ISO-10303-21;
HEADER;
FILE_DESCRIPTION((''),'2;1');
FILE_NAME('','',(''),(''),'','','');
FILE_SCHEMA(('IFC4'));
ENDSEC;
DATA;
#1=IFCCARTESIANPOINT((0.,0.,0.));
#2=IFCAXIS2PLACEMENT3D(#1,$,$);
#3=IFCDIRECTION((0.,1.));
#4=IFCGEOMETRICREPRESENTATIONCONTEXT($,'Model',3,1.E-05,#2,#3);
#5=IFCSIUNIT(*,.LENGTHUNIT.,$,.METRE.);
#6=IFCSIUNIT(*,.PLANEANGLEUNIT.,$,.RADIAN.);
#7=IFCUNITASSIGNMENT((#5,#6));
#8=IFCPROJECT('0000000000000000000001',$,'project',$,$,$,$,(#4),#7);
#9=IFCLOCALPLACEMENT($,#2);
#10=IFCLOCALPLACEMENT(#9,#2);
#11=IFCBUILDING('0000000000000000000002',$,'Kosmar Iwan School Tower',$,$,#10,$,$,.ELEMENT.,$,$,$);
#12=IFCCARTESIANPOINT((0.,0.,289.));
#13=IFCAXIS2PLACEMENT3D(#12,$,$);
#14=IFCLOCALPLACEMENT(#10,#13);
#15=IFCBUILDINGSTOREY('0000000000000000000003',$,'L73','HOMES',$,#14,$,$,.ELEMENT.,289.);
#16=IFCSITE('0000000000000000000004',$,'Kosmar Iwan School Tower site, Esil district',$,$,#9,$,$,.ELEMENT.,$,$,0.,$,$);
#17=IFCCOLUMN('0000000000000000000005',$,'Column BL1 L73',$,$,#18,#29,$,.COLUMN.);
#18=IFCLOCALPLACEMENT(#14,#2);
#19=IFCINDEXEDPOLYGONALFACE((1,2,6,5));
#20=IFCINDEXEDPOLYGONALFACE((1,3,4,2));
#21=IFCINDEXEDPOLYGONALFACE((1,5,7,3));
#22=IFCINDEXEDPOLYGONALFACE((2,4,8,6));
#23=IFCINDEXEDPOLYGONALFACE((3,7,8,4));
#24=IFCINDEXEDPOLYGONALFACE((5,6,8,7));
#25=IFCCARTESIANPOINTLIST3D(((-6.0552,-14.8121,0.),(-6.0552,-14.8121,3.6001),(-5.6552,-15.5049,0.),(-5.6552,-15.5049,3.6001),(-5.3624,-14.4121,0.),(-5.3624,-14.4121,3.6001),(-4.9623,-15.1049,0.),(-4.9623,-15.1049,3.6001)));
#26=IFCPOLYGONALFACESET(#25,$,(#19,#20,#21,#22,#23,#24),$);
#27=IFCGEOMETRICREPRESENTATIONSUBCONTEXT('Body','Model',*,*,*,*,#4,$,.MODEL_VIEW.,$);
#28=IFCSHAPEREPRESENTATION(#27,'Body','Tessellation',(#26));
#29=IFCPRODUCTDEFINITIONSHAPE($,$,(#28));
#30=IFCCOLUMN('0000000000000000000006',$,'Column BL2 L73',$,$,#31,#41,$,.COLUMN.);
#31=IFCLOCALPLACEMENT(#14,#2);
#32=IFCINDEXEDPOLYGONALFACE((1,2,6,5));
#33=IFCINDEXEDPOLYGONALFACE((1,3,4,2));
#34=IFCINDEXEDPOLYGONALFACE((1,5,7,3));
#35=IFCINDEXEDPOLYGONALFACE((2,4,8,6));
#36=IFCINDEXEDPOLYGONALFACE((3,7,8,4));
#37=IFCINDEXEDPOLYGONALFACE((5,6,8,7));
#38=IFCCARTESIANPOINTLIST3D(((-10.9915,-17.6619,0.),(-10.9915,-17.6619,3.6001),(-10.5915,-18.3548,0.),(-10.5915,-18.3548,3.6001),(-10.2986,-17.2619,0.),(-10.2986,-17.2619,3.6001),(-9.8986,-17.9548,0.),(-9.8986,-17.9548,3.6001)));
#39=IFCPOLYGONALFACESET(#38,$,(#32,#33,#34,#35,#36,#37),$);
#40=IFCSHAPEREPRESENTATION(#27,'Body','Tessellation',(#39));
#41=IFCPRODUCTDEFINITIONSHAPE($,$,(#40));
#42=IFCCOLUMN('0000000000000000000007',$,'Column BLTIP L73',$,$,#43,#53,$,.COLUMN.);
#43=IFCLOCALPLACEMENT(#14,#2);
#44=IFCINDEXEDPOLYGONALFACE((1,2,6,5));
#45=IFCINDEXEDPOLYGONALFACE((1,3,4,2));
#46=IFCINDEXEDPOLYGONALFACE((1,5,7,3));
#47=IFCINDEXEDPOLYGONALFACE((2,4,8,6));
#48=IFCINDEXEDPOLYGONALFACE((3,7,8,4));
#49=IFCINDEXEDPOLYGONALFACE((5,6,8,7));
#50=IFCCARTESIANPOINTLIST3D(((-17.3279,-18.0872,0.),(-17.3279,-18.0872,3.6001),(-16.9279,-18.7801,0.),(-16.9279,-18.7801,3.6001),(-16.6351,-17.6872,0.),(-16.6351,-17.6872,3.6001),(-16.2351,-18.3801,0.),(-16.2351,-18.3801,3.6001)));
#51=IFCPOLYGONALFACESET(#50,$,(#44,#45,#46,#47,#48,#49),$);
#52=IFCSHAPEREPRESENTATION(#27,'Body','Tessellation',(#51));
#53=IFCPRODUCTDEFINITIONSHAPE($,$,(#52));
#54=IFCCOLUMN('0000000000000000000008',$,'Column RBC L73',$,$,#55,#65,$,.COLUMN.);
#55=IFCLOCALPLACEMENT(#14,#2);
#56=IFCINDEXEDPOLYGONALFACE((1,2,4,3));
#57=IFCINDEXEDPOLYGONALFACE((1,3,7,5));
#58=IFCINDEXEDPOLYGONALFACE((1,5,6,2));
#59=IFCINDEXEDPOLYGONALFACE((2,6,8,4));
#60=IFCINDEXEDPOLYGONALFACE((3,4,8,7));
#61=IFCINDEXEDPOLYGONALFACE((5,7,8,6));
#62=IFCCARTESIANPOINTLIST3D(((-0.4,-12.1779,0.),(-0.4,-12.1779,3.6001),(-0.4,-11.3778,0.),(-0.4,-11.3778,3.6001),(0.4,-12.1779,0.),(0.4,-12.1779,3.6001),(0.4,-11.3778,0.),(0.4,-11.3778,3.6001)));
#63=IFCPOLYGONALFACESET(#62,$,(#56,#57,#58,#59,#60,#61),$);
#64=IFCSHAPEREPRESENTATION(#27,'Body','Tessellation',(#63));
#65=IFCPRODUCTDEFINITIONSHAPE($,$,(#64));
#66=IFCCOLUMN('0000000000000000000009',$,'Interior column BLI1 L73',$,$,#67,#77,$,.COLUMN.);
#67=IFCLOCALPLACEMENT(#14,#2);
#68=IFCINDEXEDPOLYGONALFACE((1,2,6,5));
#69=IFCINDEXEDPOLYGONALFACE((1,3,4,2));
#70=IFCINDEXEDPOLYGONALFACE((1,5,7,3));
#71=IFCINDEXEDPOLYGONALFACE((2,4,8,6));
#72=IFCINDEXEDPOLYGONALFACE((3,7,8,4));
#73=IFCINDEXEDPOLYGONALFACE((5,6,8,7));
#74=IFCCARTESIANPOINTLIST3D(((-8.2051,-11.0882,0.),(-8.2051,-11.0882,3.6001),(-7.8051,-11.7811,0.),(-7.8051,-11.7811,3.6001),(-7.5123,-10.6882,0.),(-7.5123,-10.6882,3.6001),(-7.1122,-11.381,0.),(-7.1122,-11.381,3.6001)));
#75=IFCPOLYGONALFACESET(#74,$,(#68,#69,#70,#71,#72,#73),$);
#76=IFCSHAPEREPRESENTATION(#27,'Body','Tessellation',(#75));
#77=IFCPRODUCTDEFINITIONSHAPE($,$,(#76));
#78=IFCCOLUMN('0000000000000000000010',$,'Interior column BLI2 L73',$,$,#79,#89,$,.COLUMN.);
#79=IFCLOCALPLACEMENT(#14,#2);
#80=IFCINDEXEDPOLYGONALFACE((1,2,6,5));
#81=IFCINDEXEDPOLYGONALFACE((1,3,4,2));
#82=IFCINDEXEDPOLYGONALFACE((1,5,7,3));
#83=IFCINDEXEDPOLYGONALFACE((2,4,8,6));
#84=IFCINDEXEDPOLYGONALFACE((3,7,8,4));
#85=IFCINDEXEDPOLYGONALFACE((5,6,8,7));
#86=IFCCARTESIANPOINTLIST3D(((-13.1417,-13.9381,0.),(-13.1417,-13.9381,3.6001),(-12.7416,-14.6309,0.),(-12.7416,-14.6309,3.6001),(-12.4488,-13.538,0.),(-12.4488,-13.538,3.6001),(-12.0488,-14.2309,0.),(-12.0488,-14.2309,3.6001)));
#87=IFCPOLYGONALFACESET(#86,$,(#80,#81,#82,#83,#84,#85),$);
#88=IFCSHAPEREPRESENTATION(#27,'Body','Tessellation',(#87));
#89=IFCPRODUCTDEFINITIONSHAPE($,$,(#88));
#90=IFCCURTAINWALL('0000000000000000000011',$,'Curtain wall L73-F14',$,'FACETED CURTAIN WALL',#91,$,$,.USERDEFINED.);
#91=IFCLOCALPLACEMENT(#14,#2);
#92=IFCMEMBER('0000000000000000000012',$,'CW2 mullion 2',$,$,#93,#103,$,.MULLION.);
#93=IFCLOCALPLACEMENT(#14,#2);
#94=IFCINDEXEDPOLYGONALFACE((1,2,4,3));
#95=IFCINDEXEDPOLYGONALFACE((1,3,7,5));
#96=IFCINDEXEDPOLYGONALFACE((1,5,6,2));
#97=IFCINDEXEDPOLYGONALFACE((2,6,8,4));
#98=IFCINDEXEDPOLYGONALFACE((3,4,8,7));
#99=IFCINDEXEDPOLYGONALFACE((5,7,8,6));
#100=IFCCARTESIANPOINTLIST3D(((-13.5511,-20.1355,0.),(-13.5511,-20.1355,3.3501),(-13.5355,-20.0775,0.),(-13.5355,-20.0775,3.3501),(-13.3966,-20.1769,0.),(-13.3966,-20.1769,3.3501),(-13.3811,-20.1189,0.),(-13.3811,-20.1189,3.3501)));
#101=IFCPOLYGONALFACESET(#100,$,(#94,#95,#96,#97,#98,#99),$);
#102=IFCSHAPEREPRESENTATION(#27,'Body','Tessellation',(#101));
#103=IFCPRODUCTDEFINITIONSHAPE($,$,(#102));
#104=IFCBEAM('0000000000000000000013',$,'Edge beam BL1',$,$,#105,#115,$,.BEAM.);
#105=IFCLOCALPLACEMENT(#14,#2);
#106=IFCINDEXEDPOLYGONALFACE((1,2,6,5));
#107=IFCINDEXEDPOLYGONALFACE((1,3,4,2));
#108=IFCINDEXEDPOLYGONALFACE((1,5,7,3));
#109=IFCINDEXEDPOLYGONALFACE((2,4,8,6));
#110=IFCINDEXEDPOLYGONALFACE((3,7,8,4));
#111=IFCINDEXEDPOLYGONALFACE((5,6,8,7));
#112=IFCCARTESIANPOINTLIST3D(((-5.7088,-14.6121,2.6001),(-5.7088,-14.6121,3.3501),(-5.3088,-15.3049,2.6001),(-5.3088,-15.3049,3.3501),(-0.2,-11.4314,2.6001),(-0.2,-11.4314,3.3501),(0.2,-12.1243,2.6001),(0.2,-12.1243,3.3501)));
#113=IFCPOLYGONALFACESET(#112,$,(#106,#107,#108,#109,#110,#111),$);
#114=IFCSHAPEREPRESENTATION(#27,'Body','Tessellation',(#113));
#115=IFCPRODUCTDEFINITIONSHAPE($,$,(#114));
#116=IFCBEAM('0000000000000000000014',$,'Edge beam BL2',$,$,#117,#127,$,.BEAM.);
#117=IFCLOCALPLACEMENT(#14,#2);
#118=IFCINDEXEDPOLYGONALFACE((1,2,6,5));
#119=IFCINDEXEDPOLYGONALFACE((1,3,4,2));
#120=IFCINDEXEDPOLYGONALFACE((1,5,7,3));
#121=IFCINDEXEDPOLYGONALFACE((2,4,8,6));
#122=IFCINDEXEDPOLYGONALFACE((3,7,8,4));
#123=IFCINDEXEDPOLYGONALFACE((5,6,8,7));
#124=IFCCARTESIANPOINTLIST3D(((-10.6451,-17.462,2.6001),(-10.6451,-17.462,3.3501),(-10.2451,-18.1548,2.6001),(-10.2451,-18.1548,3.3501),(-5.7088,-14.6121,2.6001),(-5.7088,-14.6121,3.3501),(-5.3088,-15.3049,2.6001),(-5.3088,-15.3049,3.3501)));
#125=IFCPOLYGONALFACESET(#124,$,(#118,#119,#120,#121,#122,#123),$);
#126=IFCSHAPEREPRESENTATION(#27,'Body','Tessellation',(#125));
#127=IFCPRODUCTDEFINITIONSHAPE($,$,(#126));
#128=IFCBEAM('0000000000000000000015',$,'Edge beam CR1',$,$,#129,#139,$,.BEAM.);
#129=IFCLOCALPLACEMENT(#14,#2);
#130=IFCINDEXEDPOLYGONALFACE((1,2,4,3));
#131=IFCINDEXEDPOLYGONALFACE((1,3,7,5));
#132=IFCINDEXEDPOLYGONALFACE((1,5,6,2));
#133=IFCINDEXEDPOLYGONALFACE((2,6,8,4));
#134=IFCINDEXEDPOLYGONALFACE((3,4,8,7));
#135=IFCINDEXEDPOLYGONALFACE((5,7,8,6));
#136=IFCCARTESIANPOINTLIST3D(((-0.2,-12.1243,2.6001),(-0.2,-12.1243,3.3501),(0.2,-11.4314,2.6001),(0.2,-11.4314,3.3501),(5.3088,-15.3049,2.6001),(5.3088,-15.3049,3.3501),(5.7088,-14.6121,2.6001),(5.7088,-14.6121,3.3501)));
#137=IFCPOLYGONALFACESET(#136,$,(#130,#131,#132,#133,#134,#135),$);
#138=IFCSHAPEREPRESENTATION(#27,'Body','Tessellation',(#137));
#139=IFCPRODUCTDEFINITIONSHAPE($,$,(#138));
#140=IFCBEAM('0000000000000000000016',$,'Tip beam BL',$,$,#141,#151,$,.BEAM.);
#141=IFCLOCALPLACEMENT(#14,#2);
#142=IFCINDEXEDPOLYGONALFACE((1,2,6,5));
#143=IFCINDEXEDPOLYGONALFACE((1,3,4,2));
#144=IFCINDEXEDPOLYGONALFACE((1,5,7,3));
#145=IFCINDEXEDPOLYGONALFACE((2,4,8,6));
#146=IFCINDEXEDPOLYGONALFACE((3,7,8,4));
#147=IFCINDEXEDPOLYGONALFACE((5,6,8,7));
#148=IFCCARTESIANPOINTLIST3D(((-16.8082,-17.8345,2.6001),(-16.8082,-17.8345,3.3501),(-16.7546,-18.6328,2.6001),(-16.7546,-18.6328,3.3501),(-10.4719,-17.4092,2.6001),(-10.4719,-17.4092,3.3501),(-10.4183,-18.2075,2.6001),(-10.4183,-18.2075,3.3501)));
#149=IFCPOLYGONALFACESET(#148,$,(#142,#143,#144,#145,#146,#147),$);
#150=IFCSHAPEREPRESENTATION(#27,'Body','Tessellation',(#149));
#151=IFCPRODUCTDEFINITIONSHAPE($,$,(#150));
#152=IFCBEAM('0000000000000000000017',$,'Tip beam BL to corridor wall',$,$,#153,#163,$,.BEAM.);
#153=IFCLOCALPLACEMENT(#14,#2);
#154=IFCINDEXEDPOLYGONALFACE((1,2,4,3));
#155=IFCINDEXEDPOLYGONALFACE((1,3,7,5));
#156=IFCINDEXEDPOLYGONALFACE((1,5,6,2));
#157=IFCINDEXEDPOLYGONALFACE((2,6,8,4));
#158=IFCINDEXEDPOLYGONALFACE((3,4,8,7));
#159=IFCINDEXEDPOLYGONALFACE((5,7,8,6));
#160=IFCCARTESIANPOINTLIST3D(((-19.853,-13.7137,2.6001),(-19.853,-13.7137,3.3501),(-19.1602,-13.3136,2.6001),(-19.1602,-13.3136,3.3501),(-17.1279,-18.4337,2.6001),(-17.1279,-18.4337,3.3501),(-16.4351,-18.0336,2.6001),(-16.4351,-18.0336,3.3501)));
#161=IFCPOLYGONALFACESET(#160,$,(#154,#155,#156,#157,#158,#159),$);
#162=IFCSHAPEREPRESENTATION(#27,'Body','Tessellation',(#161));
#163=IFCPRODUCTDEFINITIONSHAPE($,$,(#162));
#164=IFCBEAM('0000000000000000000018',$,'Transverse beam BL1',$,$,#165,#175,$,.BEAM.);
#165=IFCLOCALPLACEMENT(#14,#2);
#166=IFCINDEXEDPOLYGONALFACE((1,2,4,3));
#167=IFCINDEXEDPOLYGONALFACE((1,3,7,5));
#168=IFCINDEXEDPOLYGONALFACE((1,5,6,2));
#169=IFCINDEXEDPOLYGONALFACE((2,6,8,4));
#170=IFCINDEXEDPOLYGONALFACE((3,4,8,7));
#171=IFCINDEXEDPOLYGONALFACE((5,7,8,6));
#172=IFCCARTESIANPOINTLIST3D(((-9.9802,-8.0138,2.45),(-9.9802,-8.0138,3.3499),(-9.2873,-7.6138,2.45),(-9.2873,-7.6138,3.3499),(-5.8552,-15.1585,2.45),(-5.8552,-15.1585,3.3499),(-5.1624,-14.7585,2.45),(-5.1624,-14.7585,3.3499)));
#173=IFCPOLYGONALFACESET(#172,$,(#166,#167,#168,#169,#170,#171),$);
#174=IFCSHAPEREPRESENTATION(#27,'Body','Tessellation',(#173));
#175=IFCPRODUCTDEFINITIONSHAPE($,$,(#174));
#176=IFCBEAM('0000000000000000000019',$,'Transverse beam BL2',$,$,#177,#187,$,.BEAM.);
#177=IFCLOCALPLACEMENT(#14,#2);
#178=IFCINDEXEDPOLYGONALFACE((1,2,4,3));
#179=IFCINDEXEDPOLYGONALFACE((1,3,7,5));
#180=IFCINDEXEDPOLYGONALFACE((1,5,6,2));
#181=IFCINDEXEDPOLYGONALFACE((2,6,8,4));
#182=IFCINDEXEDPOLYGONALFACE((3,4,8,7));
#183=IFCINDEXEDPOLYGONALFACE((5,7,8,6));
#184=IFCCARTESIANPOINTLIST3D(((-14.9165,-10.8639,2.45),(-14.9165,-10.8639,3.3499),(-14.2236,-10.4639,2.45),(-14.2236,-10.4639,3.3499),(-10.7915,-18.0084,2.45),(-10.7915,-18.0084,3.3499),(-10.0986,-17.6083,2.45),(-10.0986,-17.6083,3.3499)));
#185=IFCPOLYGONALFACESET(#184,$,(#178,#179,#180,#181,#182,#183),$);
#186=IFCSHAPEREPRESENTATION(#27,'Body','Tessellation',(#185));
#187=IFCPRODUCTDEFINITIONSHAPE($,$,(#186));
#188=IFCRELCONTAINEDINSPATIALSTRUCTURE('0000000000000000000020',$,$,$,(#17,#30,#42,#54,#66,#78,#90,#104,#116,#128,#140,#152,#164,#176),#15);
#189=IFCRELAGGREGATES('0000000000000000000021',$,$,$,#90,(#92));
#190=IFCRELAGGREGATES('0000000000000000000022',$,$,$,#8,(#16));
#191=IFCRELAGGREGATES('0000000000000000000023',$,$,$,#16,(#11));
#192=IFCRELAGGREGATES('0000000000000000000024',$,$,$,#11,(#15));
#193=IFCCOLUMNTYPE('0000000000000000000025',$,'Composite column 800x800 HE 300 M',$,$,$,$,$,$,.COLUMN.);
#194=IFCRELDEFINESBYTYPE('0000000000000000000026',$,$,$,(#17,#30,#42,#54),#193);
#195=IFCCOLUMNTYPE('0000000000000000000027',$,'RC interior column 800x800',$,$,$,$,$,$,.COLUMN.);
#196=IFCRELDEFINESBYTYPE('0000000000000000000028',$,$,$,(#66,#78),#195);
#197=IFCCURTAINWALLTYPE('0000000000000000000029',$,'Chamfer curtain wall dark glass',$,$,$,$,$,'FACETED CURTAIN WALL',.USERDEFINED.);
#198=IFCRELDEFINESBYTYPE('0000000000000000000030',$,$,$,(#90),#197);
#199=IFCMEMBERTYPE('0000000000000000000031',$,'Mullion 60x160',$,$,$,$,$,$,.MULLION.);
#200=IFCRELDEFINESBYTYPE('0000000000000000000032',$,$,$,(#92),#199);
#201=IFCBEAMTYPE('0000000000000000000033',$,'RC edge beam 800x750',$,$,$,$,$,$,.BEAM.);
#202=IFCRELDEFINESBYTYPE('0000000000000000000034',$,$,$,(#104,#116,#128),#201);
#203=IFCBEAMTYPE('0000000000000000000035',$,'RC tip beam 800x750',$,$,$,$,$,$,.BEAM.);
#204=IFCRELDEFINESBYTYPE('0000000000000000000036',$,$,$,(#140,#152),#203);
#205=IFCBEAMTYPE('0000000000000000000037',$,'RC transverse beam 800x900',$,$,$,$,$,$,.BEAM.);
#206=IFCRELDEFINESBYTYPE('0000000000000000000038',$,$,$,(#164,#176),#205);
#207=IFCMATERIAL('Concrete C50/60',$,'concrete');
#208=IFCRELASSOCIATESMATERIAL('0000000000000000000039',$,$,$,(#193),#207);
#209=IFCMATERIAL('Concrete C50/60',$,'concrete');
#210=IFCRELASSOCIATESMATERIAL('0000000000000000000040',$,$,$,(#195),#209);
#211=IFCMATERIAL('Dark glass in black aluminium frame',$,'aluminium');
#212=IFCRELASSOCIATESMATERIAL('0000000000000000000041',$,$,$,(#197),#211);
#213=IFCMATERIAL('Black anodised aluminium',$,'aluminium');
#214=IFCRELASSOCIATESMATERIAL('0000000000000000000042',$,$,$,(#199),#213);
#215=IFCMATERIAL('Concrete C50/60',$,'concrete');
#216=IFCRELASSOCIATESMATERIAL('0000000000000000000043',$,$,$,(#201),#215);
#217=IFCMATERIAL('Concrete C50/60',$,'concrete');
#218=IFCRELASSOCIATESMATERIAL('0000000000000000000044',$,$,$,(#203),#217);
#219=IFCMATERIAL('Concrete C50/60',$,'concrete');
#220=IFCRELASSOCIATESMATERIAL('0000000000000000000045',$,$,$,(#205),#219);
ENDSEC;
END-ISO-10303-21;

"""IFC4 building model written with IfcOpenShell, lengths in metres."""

from ifc_helpers import new_model, si_unit, direction, frame, origin, origin_2d, place, context, subcontext, project, spatial, rectangle, extrude, material, material_profile, profile_set, type_object, element, aggregate, save


model = new_model("IFC4")

# Units and contexts
model_context = context("Model", 3, precision=1e-05, world=origin(), true_north=direction((0.0, 1.0)))
body_context = subcontext(model_context, "Body", "Model", "MODEL_VIEW")
ifc_project = project(units=[si_unit("LENGTHUNIT", "METRE"), si_unit("PLANEANGLEUNIT", "RADIAN")], contexts=[model_context])

# Site, building, storey
site_placement = place(None, origin())
site = spatial("IfcSite", under=ifc_project, at=site_placement, Name="Kosmar Iwan School Tower site, Esil district", CompositionType="ELEMENT", RefElevation=0.0)
building_placement = place(site_placement, origin())
building = spatial("IfcBuilding", under=site, at=building_placement, Name="Kosmar Iwan School Tower", CompositionType="ELEMENT")
storey_placement = place(building_placement, frame((0.0, 0.0, 289.0)))
storey = spatial("IfcBuildingStorey", under=building, at=storey_placement, Name="L73", Description="HOMES", CompositionType="ELEMENT", Elevation=289.0)

# Columns
ifc_material_1 = material(Name="Concrete C50/60", Category="concrete")
ifc_material_profile_1 = material_profile(ifc_material_1, rectangle(XDim=0.8, YDim=0.8, at=origin_2d()), Name="RC 800x800 + HE 300 M")
ifc_profile_set_1 = profile_set([ifc_material_profile_1], Name="Concrete C50/60")
column_type_1 = type_object("IfcColumnType", Name="Composite column 800x800 HE 300 M", PredefinedType="COLUMN", material=ifc_profile_set_1)
for number, where, z_axis, x_axis, name in (
    (1, (-5.5088, -14.9585, 0.0), (0.0, 0.0, 1.0), (-0.866025, -0.5, 0.0), "Column BL1 L73"),
    (2, (-10.4451, -17.8083, 0.0), (0.0, 0.0, 1.0), (-0.866025, -0.5, 0.0), "Column BL2 L73"),
    (3, (-16.7815, -18.2336, 0.0), (0.0, 0.0, 1.0), (-0.866025, -0.5, 0.0), "Column BLTIP L73"),
    (4, (0.0, -11.7778, 0.0), (0.0, 0.0, 1.0), (1.0, 0.0, 0.0), "Column RBC L73"),
):
    element("IfcColumn", number, at=place(storey_placement, frame(where, z_axis=z_axis, x_axis=x_axis)), inside=storey, type_object=column_type_1, Name=name, PredefinedType="COLUMN", context=body_context, shape_type="SweptSolid", body=[
        extrude(rectangle(XDim=0.8, YDim=0.8, at=origin_2d()), origin(), (0.0, 0.0, 1.0), 3.6001),
    ])
ifc_material_2 = material(Name="Concrete C50/60", Category="concrete")
ifc_material_profile_2 = material_profile(ifc_material_2, rectangle(XDim=0.8, YDim=0.8, at=origin_2d()), Name="RC 800x800")
ifc_profile_set_2 = profile_set([ifc_material_profile_2], Name="Concrete C50/60")
column_type_2 = type_object("IfcColumnType", Name="RC interior column 800x800", PredefinedType="COLUMN", material=ifc_profile_set_2)
for number, where, z_axis, x_axis, name in (
    (5, (-7.6587, -11.2346, 0.0), (0.0, 0.0, 1.0), (-0.866025, -0.5, 0.0), "Interior column BLI1 L73"),
    (6, (-12.5952, -14.0845, 0.0), (0.0, 0.0, 1.0), (-0.866025, -0.5, 0.0), "Interior column BLI2 L73"),
):
    element("IfcColumn", number, at=place(storey_placement, frame(where, z_axis=z_axis, x_axis=x_axis)), inside=storey, type_object=column_type_2, Name=name, PredefinedType="COLUMN", context=body_context, shape_type="SweptSolid", body=[
        extrude(rectangle(XDim=0.8, YDim=0.8, at=origin_2d()), origin(), (0.0, 0.0, 1.0), 3.6001),
    ])

# Curtain wall, member
ifc_material_3 = material(Name="Dark glass in black aluminium frame", Category="aluminium")
curtain_wall_type = type_object("IfcCurtainWallType", Name="Chamfer curtain wall dark glass", ElementType="FACETED CURTAIN WALL", PredefinedType="USERDEFINED", material=ifc_material_3)
curtain_wall_placement = place(storey_placement, origin())
curtain_wall = element("IfcCurtainWall", 7, at=curtain_wall_placement, inside=storey, type_object=curtain_wall_type, Name="Curtain wall L73-F14", ObjectType="FACETED CURTAIN WALL", PredefinedType="USERDEFINED")
ifc_material_4 = material(Name="Black anodised aluminium", Category="aluminium")
ifc_material_profile_3 = material_profile(ifc_material_4, rectangle(XDim=0.0601, YDim=0.1599, at=origin_2d()), Name="MULLION 60x160")
ifc_profile_set_3 = profile_set([ifc_material_profile_3], Name="Black anodised aluminium")
member_type = type_object("IfcMemberType", Name="Mullion 60x160", PredefinedType="MULLION", material=ifc_profile_set_3)
member_placement = place(storey_placement, frame((-13.4661, -20.1272, 0.0), z_axis=(0.0, 0.0, 1.0), x_axis=(0.258819, 0.965926, 0.0)))
member = element("IfcMember", 8, at=member_placement, type_object=member_type, Name="CW2 mullion 2", PredefinedType="MULLION", context=body_context, shape_type="SweptSolid", body=[
    extrude(rectangle(XDim=0.0601, YDim=0.1599, at=origin_2d()), origin(), (0.0, 0.0, 1.0), 3.3501),
])

# Beams
ifc_material_5 = material(Name="Concrete C50/60", Category="concrete")
ifc_material_profile_4 = material_profile(ifc_material_5, rectangle(XDim=0.8, YDim=0.75, at=origin_2d()), Name="RC 800x750")
ifc_profile_set_4 = profile_set([ifc_material_profile_4], Name="Concrete C50/60")
beam_type_1 = type_object("IfcBeamType", Name="RC edge beam 800x750", PredefinedType="BEAM", material=ifc_profile_set_4)
beam_1_placement = place(storey_placement, frame((0.0, -11.7778, 2.9751), z_axis=(-0.866014, -0.500019, 0.0), x_axis=(0.500019, -0.866014, 0.0)))
element("IfcBeam", 9, at=beam_1_placement, inside=storey, type_object=beam_type_1, Name="Edge beam BL1", PredefinedType="BEAM", context=body_context, shape_type="SweptSolid", body=[
    extrude(rectangle(XDim=0.8, YDim=0.75, at=origin_2d()), origin(), (0.0, 0.0, 1.0), 6.3611),
])
beam_2_placement = place(storey_placement, frame((-5.5088, -14.9585, 2.9751), z_axis=(-0.866034, -0.499986, 0.0), x_axis=(0.499986, -0.866034, 0.0)))
element("IfcBeam", 10, at=beam_2_placement, inside=storey, type_object=beam_type_1, Name="Edge beam BL2", PredefinedType="BEAM", context=body_context, shape_type="SweptSolid", body=[
    extrude(rectangle(XDim=0.8, YDim=0.75, at=origin_2d()), origin(), (0.0, 0.0, 1.0), 5.7),
])
beam_3_placement = place(storey_placement, frame((0.0, -11.7778, 2.9751), z_axis=(0.866014, -0.500019, 0.0), x_axis=(0.500019, 0.866014, 0.0)))
element("IfcBeam", 11, at=beam_3_placement, inside=storey, type_object=beam_type_1, Name="Edge beam CR1", PredefinedType="BEAM", context=body_context, shape_type="SweptSolid", body=[
    extrude(rectangle(XDim=0.8, YDim=0.75, at=origin_2d()), origin(), (0.0, 0.0, 1.0), 6.3611),
])
ifc_material_6 = material(Name="Concrete C50/60", Category="concrete")
ifc_material_profile_5 = material_profile(ifc_material_6, rectangle(XDim=0.8, YDim=0.75, at=origin_2d()), Name="RC 800x750")
ifc_profile_set_5 = profile_set([ifc_material_profile_5], Name="Concrete C50/60")
beam_type_2 = type_object("IfcBeamType", Name="RC tip beam 800x750", PredefinedType="BEAM", material=ifc_profile_set_5)
beam_4_placement = place(storey_placement, frame((-10.4451, -17.8083, 2.9751), z_axis=(-0.997755, -0.066968, 0.0), x_axis=(0.066968, -0.997755, 0.0)))
element("IfcBeam", 12, at=beam_4_placement, inside=storey, type_object=beam_type_2, Name="Tip beam BL", PredefinedType="BEAM", context=body_context, shape_type="SweptSolid", body=[
    extrude(rectangle(XDim=0.8, YDim=0.75, at=origin_2d()), origin(), (0.0, 0.0, 1.0), 6.3506),
])
beam_5_placement = place(storey_placement, frame((-16.7815, -18.2336, 2.9751), z_axis=(-0.500003, 0.866024, 0.0), x_axis=(-0.866024, -0.500003, 0.0)))
element("IfcBeam", 13, at=beam_5_placement, inside=storey, type_object=beam_type_2, Name="Tip beam BL to corridor wall", PredefinedType="BEAM", context=body_context, shape_type="SweptSolid", body=[
    extrude(rectangle(XDim=0.8, YDim=0.75, at=origin_2d()), origin(), (0.0, 0.0, 1.0), 5.4502),
])
ifc_material_7 = material(Name="Concrete C50/60", Category="concrete")
ifc_material_profile_6 = material_profile(ifc_material_7, rectangle(XDim=0.8, YDim=0.8999, at=origin_2d()), Name="RC 800x900")
ifc_profile_set_6 = profile_set([ifc_material_profile_6], Name="Concrete C50/60")
beam_type_3 = type_object("IfcBeamType", Name="RC transverse beam 800x900", PredefinedType="BEAM", material=ifc_profile_set_6)
beam_6_placement = place(storey_placement, frame((-5.5088, -14.9585, 2.8999), z_axis=(-0.499997, 0.866027, 0.0), x_axis=(-0.866027, -0.499997, 0.0)))
element("IfcBeam", 14, at=beam_6_placement, inside=storey, type_object=beam_type_3, Name="Transverse beam BL1", PredefinedType="BEAM", context=body_context, shape_type="SweptSolid", body=[
    extrude(rectangle(XDim=0.8, YDim=0.8999, at=origin_2d()), origin(), (0.0, 0.0, 1.0), 8.25),
])
beam_7_placement = place(storey_placement, frame((-10.4451, -17.8083, 2.8999), z_axis=(-0.500009, 0.86602, 0.0), x_axis=(-0.86602, -0.500009, 0.0)))
element("IfcBeam", 15, at=beam_7_placement, inside=storey, type_object=beam_type_3, Name="Transverse beam BL2", PredefinedType="BEAM", context=body_context, shape_type="SweptSolid", body=[
    extrude(rectangle(XDim=0.8, YDim=0.8999, at=origin_2d()), origin(), (0.0, 0.0, 1.0), 8.2498),
])

aggregate(curtain_wall, [member])

save(model, "model.ifc")
